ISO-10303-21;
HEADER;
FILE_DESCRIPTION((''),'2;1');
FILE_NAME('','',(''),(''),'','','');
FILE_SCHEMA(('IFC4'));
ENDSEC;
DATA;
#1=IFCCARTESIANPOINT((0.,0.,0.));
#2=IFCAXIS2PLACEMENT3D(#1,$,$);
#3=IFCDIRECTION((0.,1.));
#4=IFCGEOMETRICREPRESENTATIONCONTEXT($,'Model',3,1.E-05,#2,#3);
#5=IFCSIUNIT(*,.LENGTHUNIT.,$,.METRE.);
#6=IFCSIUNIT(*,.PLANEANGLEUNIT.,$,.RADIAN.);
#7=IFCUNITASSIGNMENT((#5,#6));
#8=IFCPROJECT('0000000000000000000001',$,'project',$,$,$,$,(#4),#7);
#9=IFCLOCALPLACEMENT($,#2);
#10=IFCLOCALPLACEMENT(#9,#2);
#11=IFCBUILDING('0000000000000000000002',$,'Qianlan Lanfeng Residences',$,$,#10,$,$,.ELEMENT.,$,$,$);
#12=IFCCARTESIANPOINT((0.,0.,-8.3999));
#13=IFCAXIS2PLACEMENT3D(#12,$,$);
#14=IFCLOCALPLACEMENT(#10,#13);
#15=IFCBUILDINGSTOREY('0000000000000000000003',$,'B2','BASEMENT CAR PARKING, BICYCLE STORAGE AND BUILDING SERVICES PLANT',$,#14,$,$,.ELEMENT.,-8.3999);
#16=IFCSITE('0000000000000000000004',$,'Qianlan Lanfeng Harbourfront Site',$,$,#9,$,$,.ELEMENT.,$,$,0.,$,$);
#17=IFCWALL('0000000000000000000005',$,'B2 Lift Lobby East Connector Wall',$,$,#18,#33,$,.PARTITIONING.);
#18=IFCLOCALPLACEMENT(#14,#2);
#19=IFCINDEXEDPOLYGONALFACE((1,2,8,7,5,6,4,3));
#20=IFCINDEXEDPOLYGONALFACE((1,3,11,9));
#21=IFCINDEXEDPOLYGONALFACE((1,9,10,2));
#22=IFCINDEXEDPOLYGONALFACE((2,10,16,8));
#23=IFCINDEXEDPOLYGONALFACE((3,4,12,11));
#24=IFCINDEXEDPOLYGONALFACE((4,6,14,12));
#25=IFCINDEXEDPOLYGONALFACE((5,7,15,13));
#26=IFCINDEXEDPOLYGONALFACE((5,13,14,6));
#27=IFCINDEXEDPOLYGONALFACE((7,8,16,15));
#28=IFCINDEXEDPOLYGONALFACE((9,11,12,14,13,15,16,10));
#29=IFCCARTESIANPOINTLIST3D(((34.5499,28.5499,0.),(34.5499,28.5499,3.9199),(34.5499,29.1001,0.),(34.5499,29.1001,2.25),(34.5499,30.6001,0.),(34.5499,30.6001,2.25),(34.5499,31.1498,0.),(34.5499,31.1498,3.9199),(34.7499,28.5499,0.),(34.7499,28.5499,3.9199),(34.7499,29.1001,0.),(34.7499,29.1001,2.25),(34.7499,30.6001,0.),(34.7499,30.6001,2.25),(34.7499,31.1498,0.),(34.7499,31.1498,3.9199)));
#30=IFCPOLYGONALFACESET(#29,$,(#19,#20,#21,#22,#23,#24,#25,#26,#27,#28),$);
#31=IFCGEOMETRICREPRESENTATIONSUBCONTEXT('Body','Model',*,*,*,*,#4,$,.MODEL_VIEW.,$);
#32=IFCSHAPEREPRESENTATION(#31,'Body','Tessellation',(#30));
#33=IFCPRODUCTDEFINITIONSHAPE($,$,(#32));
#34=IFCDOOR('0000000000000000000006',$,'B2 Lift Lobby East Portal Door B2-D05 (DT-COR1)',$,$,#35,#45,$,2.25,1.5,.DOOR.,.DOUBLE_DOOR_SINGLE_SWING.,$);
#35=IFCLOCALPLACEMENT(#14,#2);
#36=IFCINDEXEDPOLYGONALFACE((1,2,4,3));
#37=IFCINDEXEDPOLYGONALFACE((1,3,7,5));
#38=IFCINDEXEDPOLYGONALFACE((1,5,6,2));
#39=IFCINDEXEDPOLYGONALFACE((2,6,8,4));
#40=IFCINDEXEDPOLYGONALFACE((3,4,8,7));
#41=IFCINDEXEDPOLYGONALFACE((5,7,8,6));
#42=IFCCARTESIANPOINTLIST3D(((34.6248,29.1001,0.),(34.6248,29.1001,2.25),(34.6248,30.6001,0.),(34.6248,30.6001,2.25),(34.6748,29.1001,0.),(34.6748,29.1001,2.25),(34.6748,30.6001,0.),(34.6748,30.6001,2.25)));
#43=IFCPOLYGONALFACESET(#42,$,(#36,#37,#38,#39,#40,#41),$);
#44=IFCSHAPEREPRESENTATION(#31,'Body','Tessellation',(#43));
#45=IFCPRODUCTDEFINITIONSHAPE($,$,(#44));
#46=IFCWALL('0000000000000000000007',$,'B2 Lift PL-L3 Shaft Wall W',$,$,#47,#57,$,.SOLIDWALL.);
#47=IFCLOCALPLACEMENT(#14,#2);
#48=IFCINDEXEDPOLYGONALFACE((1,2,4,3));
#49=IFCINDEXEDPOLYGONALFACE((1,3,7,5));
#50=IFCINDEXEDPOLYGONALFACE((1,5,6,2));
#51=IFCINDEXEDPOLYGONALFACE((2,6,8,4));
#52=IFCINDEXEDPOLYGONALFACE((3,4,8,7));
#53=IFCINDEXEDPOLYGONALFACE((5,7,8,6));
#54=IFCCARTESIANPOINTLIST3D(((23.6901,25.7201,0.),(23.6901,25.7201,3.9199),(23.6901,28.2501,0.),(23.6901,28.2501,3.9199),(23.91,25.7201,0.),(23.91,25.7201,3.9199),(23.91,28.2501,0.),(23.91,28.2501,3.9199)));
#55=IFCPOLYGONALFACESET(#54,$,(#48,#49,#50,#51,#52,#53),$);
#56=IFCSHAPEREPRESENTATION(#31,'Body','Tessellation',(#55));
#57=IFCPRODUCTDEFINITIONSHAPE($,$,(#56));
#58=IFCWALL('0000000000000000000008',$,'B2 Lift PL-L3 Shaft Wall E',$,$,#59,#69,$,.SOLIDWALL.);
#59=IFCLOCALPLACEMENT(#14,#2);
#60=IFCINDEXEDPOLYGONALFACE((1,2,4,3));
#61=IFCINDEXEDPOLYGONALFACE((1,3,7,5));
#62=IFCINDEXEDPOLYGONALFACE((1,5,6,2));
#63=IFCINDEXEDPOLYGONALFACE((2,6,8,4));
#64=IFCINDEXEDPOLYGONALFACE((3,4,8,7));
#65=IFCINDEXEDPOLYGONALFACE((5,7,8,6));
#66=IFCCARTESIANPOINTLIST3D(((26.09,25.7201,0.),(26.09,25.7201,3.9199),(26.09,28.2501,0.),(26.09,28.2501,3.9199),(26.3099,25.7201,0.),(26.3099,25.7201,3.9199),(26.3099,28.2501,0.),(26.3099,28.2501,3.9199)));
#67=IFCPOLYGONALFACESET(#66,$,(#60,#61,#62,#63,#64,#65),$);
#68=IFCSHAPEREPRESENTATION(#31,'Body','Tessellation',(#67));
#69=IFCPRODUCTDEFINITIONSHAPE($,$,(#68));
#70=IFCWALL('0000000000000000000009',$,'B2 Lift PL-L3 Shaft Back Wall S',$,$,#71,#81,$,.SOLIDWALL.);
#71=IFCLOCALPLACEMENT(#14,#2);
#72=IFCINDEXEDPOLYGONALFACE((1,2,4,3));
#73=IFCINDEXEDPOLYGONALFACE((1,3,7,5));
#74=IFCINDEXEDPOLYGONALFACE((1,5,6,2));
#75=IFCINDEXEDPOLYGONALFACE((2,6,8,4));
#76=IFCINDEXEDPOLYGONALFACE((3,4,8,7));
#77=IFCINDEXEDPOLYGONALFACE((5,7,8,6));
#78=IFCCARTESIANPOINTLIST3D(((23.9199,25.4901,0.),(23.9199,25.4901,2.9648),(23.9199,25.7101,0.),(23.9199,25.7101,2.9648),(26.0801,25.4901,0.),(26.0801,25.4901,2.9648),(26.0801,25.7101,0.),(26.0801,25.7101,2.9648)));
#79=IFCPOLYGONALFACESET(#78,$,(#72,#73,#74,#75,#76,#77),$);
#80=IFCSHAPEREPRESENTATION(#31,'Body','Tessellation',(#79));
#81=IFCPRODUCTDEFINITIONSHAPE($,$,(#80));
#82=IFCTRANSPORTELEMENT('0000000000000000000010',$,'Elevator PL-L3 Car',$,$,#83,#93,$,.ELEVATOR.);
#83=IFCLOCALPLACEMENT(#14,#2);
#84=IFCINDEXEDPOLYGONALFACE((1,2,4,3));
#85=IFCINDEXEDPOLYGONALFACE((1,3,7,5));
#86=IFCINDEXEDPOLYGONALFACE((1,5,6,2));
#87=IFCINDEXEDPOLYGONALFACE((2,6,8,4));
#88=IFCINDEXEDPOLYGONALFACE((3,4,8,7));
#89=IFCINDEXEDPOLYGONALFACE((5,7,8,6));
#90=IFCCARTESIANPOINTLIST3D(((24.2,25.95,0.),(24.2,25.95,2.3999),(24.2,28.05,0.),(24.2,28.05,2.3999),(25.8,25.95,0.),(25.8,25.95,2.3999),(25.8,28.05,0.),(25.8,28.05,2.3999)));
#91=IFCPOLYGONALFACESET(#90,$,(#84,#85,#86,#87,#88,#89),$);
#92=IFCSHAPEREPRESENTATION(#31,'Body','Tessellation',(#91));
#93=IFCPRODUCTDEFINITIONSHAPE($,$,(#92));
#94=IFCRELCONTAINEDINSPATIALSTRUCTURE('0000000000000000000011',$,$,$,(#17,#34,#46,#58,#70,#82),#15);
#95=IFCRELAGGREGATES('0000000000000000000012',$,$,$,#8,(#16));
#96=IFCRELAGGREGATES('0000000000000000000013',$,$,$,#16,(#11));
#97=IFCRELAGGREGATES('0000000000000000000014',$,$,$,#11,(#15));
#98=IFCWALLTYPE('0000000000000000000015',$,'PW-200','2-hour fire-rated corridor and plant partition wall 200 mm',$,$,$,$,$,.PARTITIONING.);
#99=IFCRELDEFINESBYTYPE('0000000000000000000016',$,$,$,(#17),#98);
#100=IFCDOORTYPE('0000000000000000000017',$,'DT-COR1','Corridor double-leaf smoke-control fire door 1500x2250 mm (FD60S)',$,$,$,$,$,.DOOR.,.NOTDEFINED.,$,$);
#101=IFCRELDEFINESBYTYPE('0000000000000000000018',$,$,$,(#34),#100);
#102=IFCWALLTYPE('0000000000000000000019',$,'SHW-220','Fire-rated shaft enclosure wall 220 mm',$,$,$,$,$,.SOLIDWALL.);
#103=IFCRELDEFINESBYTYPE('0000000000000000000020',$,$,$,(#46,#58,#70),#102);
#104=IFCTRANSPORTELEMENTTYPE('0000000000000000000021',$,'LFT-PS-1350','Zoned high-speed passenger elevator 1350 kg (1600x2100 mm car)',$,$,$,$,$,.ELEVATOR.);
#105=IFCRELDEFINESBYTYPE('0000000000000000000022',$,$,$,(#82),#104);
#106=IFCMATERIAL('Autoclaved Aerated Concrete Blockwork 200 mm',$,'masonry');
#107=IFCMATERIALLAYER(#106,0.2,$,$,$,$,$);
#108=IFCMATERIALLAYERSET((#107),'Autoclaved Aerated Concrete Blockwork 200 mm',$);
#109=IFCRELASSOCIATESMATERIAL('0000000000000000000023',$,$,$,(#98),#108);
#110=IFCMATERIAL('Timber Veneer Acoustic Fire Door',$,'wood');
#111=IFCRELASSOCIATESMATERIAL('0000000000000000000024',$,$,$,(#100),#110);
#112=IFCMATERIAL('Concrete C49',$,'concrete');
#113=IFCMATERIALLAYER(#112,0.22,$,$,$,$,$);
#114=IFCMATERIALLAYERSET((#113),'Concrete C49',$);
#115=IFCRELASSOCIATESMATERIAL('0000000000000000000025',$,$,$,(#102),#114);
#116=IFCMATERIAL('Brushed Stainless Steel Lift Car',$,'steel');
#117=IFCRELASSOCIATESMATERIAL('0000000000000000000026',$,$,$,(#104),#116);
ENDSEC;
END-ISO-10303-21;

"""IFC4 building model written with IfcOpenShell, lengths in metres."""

from ifc_helpers import new_model, si_unit, direction, frame, frame_2d, origin, origin_2d, place, context, subcontext, project, spatial, rectangle, extrude, source, transform, mapped, material, layer, layer_set, type_object, element, fill, save


model = new_model("IFC4")

# Units and contexts
model_context = context("Model", 3, precision=1e-05, world=origin(), true_north=direction((0.0, 1.0)))
body_context = subcontext(model_context, "Body", "Model", "MODEL_VIEW")
ifc_project = project(units=[si_unit("LENGTHUNIT", "METRE"), si_unit("PLANEANGLEUNIT", "RADIAN")], contexts=[model_context])

# Site, building, storey
site_placement = place(None, origin())
site = spatial("IfcSite", under=ifc_project, at=site_placement, Name="Qianlan Lanfeng Harbourfront Site", CompositionType="ELEMENT", RefElevation=0.0)
building_placement = place(site_placement, origin())
building = spatial("IfcBuilding", under=site, at=building_placement, Name="Qianlan Lanfeng Residences", CompositionType="ELEMENT")
storey_placement = place(building_placement, frame((0.0, 0.0, -8.3999)))
storey = spatial("IfcBuildingStorey", under=building, at=storey_placement, Name="B2", Description="BASEMENT CAR PARKING, BICYCLE STORAGE AND BUILDING SERVICES PLANT", CompositionType="ELEMENT", Elevation=-8.3999)

# Shared definitions
ifc_material_1 = material(Name="Concrete C49", Category="concrete")

# Wall, opening, door
ifc_material_2 = material(Name="Autoclaved Aerated Concrete Blockwork 200 mm", Category="masonry")
ifc_layer_1 = layer(ifc_material_2, 0.2)
ifc_layer_set_1 = layer_set([ifc_layer_1], Name="Autoclaved Aerated Concrete Blockwork 200 mm")
wall_type_1 = type_object("IfcWallType", Name="PW-200", Description="2-hour fire-rated corridor and plant partition wall 200 mm", PredefinedType="PARTITIONING", material=ifc_layer_set_1)
wall_1_placement = place(storey_placement, frame((34.6499, 28.55, 0.0), z_axis=(0.0, 0.0, 1.0), x_axis=(0.0, 1.0, 0.0)))
wall_1 = element("IfcWall", 1, at=wall_1_placement, inside=storey, type_object=wall_type_1, Name="B2 Lift Lobby East Connector Wall", PredefinedType="PARTITIONING", context=body_context, shape_type="SweptSolid", body=[
    extrude(rectangle(XDim=2.5999, YDim=0.2, at=frame_2d((1.2998, 0.0))), origin(), (0.0, 0.0, 1.0), 3.9199),
])
opening_placement = place(wall_1_placement, frame((0.55, 0.0, 0.0)))
opening = element("IfcOpeningElement", 2, at=opening_placement, cuts=wall_1, PredefinedType="OPENING", context=body_context, shape_type="SweptSolid", body=[
    extrude(rectangle(XDim=1.5, YDim=2.25, at=frame_2d((0.75, 1.125))), frame((0.0, 0.1099, 0.0), z_axis=(0.0, -1.0, 0.0), x_axis=(1.0, 0.0, 0.0)), (0.0, 0.0, 1.0), 0.22),
])
ifc_material_3 = material(Name="Timber Veneer Acoustic Fire Door", Category="wood")
door_type = type_object("IfcDoorType", Name="DT-COR1", Description="Corridor double-leaf smoke-control fire door 1500x2250 mm (FD60S)", OperationType="NOTDEFINED", PredefinedType="DOOR", material=ifc_material_3)
door_placement = place(opening_placement, frame((1.5, 0.0, 0.0), z_axis=(0.0, 0.0, 1.0), x_axis=(-1.0, 0.0, 0.0)))
door = element("IfcDoor", 3, at=door_placement, inside=storey, type_object=door_type, Name="B2 Lift Lobby East Portal Door B2-D05 (DT-COR1)", OperationType="DOUBLE_DOOR_SINGLE_SWING", OverallHeight=2.25, OverallWidth=1.5, PredefinedType="DOOR", context=body_context, shape_type="SweptSolid", body=[
    extrude(rectangle(XDim=1.5, YDim=2.25, at=frame_2d((0.75, 1.125))), frame((0.0, 0.0249, 0.0), z_axis=(0.0, -1.0, 0.0), x_axis=(1.0, 0.0, 0.0)), (0.0, 0.0, 1.0), 0.05),
])
fill(opening, door)

# Walls
ifc_layer_2 = layer(ifc_material_1, 0.22)
ifc_layer_set_2 = layer_set([ifc_layer_2], Name="Concrete C49")
wall_type_2 = type_object("IfcWallType", Name="SHW-220", Description="Fire-rated shaft enclosure wall 220 mm", PredefinedType="SOLIDWALL", material=ifc_layer_set_2)
for number, where, z_axis, x_axis, name in (
    (4, (23.8, 25.72, 0.0), (0.0, 0.0, 1.0), (0.0, 1.0, 0.0), "B2 Lift PL-L3 Shaft Wall W"),
    (5, (26.2, 25.72, 0.0), (0.0, 0.0, 1.0), (0.0, 1.0, 0.0), "B2 Lift PL-L3 Shaft Wall E"),
):
    element("IfcWall", number, at=place(storey_placement, frame(where, z_axis=z_axis, x_axis=x_axis)), inside=storey, type_object=wall_type_2, Name=name, PredefinedType="SOLIDWALL", context=body_context, shape_type="SweptSolid", body=[
        extrude(rectangle(XDim=2.53, YDim=0.22, at=frame_2d((1.2651, 0.0))), origin(), (0.0, 0.0, 1.0), 3.9199),
    ])
wall_2_placement = place(storey_placement, frame((23.9199, 25.6001, 0.0), z_axis=(0.0, 0.0, 1.0), x_axis=(1.0, 0.0, 0.0)))
element("IfcWall", 6, at=wall_2_placement, inside=storey, type_object=wall_type_2, Name="B2 Lift PL-L3 Shaft Back Wall S", PredefinedType="SOLIDWALL", context=body_context, shape_type="SweptSolid", body=[
    extrude(rectangle(XDim=2.1602, YDim=0.22, at=frame_2d((1.0801, 0.0))), origin(), (0.0, 0.0, 1.0), 2.9648),
])

# Transport element
ifc_material_4 = material(Name="Brushed Stainless Steel Lift Car", Category="steel")
transport_element_type = type_object("IfcTransportElementType", Name="LFT-PS-1350", Description="Zoned high-speed passenger elevator 1350 kg (1600x2100 mm car)", PredefinedType="ELEVATOR", material=ifc_material_4)
shared_shape = source(origin(), body_context, "Body", "SweptSolid", [
    extrude(rectangle(XDim=1.6001, YDim=2.1001, at=origin_2d()), origin(), (0.0, 0.0, 1.0), 2.3999),
])
transport_element_placement = place(storey_placement, frame((25.0, 27.0, 0.0), z_axis=(0.0, 0.0, 1.0), x_axis=(1.0, 0.0, 0.0)))
element("IfcTransportElement", 7, at=transport_element_placement, inside=storey, type_object=transport_element_type, Name="Elevator PL-L3 Car", PredefinedType="ELEVATOR", context=body_context, shape_type="MappedRepresentation", body=[
    mapped(shared_shape, transform((0.0, 0.0, 0.0), scale=1.0)),
])

save(model, "model.ifc")
